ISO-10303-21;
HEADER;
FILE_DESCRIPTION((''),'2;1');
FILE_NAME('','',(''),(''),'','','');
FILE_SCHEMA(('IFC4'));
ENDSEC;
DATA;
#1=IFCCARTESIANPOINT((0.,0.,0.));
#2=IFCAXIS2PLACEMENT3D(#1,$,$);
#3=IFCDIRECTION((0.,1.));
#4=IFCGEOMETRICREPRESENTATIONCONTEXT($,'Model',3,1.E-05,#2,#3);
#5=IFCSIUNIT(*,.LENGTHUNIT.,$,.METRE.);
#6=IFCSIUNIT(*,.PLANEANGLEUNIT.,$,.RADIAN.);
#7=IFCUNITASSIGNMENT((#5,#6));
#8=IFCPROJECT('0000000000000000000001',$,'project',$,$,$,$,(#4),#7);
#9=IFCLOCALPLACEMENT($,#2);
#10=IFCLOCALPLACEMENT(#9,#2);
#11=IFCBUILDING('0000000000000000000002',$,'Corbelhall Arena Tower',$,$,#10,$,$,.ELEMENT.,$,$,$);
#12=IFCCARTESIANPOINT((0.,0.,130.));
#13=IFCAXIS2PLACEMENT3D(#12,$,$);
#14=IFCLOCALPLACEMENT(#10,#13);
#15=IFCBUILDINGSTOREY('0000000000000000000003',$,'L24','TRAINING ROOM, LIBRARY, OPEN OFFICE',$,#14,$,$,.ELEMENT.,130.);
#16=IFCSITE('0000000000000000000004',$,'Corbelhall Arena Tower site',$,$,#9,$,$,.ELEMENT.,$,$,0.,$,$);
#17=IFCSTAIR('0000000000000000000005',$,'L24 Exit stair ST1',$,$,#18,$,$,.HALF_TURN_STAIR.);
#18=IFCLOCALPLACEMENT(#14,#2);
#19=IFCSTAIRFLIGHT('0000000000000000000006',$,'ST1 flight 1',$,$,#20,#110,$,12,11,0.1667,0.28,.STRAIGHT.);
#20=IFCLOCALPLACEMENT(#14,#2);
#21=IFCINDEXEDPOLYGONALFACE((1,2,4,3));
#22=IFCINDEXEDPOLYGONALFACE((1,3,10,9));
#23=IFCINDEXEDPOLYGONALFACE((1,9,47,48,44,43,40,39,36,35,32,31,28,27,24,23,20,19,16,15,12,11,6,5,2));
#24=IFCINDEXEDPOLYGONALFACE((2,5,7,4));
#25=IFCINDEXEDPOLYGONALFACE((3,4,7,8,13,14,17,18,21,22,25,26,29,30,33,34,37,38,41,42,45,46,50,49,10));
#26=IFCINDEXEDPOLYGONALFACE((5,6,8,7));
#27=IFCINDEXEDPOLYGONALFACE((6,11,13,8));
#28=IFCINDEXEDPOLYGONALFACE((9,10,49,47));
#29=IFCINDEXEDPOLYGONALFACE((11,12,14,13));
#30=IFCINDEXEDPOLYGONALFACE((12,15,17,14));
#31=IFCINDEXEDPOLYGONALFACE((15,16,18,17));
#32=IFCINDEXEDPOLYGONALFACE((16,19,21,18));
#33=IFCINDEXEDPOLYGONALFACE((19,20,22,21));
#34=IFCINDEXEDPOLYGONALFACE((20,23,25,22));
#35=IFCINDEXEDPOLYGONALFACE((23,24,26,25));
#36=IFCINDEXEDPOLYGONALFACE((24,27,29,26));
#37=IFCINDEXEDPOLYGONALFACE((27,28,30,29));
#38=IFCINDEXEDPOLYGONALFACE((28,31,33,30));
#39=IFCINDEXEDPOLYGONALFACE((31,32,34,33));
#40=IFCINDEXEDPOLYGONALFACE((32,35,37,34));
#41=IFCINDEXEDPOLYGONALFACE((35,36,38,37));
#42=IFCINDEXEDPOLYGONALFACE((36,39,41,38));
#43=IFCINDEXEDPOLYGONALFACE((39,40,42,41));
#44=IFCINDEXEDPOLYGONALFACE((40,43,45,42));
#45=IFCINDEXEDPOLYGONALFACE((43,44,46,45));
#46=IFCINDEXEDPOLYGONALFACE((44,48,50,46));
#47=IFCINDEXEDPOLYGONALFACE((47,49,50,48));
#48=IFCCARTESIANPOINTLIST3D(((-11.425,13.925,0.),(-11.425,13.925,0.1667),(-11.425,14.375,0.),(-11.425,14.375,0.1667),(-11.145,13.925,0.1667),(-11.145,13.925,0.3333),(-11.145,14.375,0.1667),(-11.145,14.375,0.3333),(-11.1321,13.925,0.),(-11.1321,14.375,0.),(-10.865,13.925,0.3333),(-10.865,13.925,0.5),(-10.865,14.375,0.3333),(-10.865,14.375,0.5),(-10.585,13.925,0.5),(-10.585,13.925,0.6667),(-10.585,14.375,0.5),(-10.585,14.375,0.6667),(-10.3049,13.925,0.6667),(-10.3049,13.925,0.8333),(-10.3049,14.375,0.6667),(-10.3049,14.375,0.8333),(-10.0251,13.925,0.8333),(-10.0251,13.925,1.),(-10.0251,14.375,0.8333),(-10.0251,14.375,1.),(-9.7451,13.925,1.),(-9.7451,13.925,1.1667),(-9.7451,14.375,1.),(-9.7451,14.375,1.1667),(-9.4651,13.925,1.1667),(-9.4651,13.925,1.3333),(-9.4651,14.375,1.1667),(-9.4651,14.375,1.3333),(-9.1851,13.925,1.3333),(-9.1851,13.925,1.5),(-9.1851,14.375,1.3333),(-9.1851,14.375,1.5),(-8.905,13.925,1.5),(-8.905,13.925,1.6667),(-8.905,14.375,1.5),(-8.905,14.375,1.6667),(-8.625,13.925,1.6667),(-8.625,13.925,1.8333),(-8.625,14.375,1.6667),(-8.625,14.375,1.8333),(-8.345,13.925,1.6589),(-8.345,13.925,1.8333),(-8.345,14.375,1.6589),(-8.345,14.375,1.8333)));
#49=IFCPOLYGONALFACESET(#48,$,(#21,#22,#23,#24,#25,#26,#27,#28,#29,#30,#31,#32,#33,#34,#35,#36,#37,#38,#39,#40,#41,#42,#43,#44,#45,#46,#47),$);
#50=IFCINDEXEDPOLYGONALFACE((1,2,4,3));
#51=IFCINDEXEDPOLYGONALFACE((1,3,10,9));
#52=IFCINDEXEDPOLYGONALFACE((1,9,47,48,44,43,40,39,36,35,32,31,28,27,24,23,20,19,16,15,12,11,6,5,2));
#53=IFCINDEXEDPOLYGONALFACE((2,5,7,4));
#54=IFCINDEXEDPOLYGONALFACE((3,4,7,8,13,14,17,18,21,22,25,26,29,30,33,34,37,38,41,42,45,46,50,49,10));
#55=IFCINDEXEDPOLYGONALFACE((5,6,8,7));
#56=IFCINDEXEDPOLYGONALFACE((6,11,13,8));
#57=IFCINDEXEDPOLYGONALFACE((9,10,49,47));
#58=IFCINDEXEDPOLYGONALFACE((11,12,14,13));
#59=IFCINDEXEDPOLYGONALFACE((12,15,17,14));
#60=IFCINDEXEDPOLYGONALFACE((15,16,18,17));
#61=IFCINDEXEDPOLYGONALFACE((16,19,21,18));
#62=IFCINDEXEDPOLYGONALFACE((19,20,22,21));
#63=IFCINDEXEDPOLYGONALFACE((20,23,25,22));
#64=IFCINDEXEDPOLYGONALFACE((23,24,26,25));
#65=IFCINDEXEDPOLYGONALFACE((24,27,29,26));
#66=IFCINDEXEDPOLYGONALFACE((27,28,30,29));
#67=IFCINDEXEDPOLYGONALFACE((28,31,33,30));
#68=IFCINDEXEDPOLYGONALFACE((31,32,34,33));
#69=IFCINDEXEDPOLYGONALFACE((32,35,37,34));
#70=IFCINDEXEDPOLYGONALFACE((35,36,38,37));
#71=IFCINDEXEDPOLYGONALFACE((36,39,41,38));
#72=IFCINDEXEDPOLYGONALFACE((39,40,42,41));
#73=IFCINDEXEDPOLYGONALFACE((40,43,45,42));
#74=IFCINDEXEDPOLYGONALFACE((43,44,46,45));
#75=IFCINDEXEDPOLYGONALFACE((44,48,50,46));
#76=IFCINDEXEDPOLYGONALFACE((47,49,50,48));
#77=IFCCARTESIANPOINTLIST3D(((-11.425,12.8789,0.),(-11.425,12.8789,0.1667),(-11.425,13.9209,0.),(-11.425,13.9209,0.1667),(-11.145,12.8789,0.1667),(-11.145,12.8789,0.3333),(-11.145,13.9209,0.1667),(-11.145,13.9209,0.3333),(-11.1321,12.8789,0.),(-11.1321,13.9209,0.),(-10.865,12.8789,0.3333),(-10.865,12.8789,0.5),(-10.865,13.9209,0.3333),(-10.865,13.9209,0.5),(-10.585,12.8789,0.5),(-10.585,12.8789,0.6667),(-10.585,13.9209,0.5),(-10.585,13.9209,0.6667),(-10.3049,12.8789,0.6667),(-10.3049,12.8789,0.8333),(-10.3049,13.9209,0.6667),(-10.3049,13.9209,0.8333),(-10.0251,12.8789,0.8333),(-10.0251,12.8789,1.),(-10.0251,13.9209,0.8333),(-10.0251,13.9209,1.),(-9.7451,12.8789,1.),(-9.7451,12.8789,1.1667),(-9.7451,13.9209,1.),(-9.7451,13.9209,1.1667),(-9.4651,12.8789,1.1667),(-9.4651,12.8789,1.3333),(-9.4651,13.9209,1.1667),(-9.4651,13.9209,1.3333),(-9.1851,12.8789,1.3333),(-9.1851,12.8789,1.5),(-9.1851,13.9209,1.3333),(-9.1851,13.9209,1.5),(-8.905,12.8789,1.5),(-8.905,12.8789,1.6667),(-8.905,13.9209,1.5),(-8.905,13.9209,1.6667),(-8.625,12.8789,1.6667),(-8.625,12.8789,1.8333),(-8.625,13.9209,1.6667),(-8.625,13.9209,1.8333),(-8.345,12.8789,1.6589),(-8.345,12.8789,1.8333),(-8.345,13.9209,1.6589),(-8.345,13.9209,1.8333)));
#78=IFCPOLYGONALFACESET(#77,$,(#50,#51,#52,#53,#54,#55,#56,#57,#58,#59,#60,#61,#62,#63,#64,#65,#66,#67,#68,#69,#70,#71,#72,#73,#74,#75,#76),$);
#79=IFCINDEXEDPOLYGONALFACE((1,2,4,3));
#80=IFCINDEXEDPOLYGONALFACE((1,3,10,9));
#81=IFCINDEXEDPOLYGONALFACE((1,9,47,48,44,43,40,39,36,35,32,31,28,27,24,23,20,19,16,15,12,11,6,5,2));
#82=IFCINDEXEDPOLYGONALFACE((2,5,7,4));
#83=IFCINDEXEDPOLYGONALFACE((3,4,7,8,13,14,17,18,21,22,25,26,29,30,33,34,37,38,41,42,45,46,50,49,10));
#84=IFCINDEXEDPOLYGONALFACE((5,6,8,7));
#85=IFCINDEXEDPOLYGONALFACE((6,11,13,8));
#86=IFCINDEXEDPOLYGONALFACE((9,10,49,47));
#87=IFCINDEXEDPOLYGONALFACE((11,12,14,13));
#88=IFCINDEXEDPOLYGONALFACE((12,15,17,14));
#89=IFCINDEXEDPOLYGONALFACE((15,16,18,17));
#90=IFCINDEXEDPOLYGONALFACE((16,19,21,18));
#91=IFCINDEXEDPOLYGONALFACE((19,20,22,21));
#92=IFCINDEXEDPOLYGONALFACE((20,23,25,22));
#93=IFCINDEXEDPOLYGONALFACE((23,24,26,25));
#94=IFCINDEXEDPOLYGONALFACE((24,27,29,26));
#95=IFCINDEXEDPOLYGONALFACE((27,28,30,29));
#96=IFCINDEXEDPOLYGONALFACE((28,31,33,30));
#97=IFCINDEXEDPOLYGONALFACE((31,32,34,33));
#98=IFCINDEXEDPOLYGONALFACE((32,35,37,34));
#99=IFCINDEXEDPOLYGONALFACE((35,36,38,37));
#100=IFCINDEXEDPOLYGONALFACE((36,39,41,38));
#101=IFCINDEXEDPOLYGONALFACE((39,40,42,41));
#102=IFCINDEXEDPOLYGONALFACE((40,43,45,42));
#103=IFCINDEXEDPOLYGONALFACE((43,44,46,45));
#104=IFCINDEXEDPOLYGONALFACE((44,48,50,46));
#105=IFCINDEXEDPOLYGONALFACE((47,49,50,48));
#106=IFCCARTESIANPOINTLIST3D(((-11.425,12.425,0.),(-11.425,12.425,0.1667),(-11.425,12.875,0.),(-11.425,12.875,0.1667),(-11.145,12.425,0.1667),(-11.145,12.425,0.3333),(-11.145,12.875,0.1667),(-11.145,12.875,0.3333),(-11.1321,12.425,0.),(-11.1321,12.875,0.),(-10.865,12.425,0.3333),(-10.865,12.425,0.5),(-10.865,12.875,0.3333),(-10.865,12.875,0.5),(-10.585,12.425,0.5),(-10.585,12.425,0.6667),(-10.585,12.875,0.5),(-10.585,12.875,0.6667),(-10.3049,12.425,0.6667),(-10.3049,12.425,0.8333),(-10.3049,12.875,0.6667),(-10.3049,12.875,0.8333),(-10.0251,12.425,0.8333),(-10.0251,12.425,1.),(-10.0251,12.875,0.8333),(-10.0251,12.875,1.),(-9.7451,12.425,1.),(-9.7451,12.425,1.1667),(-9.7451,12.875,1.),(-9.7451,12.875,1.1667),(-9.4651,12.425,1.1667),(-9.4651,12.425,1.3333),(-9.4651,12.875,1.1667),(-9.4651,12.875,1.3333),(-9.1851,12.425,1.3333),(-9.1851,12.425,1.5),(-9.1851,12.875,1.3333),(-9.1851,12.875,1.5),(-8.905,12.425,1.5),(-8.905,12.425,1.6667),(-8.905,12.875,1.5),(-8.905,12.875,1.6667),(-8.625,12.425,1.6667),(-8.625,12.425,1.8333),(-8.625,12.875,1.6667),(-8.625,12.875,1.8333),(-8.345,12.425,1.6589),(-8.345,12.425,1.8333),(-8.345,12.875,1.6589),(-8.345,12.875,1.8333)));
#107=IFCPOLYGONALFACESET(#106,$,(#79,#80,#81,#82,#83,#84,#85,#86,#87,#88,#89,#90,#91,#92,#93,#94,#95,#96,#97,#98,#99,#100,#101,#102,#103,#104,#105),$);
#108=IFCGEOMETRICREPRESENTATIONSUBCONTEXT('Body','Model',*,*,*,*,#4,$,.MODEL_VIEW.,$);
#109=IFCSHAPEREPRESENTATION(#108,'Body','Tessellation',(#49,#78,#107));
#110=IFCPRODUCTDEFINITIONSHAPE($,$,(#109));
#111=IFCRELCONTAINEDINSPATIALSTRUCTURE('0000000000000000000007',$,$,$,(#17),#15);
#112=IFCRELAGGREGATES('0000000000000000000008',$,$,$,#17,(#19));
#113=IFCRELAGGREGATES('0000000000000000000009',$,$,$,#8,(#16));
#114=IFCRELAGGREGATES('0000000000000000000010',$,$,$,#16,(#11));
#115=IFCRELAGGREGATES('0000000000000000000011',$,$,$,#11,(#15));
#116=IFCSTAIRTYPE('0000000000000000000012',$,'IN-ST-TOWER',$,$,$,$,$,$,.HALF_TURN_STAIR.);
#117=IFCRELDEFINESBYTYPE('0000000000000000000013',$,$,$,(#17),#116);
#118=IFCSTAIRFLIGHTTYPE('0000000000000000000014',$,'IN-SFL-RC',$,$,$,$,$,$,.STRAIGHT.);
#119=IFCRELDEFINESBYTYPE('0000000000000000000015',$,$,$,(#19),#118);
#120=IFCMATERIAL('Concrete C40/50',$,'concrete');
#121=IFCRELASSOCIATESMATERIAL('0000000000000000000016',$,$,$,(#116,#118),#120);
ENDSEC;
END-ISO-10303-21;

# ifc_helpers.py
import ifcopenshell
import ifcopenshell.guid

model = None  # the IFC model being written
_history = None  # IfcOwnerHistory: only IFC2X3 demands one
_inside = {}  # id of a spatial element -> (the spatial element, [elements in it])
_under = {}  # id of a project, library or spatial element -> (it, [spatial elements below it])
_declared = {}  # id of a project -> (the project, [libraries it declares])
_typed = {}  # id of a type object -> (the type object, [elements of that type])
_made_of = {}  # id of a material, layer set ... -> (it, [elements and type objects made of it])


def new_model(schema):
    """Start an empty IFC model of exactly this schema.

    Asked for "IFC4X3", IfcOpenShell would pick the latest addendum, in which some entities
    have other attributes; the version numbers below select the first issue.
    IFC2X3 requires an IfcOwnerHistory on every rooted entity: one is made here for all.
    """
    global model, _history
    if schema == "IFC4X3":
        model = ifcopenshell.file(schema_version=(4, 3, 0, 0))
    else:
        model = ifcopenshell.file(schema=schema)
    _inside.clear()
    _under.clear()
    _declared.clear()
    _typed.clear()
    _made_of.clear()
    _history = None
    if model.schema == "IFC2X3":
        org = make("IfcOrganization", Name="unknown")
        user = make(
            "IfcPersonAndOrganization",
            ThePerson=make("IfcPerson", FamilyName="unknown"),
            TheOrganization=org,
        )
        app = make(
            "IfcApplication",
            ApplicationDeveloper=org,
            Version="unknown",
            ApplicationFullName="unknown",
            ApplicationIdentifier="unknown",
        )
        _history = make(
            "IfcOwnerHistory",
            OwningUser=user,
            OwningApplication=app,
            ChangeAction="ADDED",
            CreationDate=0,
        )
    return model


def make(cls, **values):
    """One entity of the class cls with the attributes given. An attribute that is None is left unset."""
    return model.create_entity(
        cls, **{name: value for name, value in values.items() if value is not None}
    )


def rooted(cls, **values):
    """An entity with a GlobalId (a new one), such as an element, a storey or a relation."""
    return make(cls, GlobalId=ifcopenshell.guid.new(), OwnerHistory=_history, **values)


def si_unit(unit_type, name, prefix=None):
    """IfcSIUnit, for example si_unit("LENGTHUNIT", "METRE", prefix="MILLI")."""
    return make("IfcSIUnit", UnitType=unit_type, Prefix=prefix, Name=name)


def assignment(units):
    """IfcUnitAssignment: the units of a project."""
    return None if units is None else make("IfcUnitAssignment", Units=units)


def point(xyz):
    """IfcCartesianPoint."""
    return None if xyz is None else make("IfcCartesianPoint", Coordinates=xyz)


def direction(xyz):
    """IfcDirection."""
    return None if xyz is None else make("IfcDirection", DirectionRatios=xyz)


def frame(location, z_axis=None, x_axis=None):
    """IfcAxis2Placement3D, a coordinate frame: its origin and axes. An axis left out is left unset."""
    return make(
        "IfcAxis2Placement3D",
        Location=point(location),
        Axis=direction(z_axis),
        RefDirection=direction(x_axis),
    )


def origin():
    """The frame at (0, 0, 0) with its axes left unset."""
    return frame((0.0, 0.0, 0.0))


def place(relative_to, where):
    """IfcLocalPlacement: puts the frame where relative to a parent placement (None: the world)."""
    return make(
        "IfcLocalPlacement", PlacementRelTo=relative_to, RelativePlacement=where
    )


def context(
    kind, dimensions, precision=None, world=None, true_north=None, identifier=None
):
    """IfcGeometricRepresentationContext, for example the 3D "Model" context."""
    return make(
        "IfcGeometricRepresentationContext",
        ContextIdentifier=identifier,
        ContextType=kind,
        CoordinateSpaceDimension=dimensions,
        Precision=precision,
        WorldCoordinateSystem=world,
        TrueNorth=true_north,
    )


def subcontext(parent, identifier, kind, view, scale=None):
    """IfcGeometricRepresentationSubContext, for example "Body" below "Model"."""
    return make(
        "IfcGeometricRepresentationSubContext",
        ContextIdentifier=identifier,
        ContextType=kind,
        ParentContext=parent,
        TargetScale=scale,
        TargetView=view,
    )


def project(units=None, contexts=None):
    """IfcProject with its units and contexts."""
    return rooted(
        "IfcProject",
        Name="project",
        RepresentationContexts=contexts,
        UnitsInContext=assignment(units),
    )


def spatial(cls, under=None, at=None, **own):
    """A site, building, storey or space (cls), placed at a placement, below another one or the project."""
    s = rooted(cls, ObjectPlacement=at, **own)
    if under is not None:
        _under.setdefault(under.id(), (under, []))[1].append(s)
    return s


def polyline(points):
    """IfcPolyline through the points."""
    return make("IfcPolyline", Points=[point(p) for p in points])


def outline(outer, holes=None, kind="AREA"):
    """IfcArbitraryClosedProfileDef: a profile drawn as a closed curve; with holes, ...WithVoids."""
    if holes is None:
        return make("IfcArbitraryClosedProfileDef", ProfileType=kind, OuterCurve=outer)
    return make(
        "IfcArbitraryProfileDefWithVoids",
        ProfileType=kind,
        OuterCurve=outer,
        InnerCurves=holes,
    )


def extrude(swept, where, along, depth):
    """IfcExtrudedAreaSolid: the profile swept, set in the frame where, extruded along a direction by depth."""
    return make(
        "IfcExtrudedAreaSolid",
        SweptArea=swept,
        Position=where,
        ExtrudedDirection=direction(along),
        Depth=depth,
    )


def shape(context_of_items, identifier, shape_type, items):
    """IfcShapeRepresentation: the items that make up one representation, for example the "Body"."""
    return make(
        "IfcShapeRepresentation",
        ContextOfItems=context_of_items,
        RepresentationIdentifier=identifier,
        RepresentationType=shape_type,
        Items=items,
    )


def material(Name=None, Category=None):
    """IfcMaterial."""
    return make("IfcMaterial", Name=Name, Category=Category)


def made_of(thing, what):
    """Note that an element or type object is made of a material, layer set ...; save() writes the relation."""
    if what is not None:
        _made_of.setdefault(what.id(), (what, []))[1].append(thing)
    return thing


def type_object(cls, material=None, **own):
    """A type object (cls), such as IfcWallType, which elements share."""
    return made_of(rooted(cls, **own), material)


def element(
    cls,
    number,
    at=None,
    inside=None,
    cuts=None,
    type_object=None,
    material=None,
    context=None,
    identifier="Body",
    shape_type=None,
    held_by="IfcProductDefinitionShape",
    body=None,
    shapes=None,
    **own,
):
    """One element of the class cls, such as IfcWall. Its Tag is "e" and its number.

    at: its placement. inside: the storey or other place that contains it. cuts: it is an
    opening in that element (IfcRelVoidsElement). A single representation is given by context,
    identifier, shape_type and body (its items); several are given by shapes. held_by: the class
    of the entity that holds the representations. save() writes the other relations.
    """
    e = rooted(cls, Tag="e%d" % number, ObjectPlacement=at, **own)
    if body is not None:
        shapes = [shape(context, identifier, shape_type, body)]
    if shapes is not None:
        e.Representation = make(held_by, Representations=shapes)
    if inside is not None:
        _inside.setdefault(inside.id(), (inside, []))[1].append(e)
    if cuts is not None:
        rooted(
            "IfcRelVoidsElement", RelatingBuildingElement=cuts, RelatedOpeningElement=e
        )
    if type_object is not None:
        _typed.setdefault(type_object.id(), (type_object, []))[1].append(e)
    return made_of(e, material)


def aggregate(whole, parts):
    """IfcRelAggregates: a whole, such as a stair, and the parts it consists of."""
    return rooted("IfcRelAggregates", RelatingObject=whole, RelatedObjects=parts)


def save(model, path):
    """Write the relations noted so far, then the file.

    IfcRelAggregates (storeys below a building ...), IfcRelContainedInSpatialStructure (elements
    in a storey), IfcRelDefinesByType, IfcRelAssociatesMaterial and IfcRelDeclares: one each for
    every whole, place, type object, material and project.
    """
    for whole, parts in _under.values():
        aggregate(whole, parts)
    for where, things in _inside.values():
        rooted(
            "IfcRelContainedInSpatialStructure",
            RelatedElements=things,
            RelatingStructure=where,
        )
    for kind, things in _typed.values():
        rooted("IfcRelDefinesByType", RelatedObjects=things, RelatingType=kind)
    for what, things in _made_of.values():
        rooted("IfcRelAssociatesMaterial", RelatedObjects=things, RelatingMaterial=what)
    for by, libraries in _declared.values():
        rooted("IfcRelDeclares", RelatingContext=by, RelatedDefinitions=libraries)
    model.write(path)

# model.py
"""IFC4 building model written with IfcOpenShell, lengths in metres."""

from ifc_helpers import new_model, si_unit, direction, frame, origin, place, context, subcontext, project, spatial, polyline, outline, extrude, material, type_object, element, aggregate, save


model = new_model("IFC4")

# Units and contexts
model_context = context("Model", 3, precision=1e-05, world=origin(), true_north=direction((0.0, 1.0)))
body_context = subcontext(model_context, "Body", "Model", "MODEL_VIEW")
ifc_project = project(units=[si_unit("LENGTHUNIT", "METRE"), si_unit("PLANEANGLEUNIT", "RADIAN")], contexts=[model_context])

# Site, building, storey
site_placement = place(None, origin())
site = spatial("IfcSite", under=ifc_project, at=site_placement, Name="Corbelhall Arena Tower site", CompositionType="ELEMENT", RefElevation=0.0)
building_placement = place(site_placement, origin())
building = spatial("IfcBuilding", under=site, at=building_placement, Name="Corbelhall Arena Tower", CompositionType="ELEMENT")
storey_placement = place(building_placement, frame((0.0, 0.0, 130.0)))
storey = spatial("IfcBuildingStorey", under=building, at=storey_placement, Name="L24", Description="TRAINING ROOM, LIBRARY, OPEN OFFICE", CompositionType="ELEMENT", Elevation=130.0)

# Shared definitions
ifc_material_1 = material(Name="Concrete C40/50", Category="concrete")

# Stair, stair flight
stair_type = type_object("IfcStairType", Name="IN-ST-TOWER", PredefinedType="HALF_TURN_STAIR", material=ifc_material_1)
stair_placement = place(storey_placement, origin())
stair = element("IfcStair", 1, at=stair_placement, inside=storey, type_object=stair_type, Name="L24 Exit stair ST1", PredefinedType="HALF_TURN_STAIR")
stair_flight_type = type_object("IfcStairFlightType", Name="IN-SFL-RC", PredefinedType="STRAIGHT", material=ifc_material_1)
stair_flight_placement = place(storey_placement, frame((-11.425, 13.3999, 0.0), z_axis=(0.0, 0.0, 1.0), x_axis=(1.0, 0.0, 0.0)))
stair_flight = element("IfcStairFlight", 2, at=stair_flight_placement, type_object=stair_flight_type, Name="ST1 flight 1", NumberOfRisers=12, NumberOfTreads=11, PredefinedType="STRAIGHT", RiserHeight=0.1667, TreadLength=0.28, context=body_context, shape_type="SweptSolid", body=[
    extrude(outline(polyline([(0.0, 0.0), (0.0, 0.1667), (0.28, 0.1667), (0.28, 0.3333), (0.5601, 0.3333), (0.5601, 0.5), (0.8401, 0.5), (0.8401, 0.6667), (1.1201, 0.6667), (1.1201, 0.8333), (1.3999, 0.8333), (1.3999, 1.0), (1.6799, 1.0), (1.6799, 1.1667), (1.96, 1.1667), (1.96, 1.3333), (2.24, 1.3333), (2.24, 1.5), (2.52, 1.5), (2.52, 1.6667), (2.8, 1.6667), (2.8, 1.8333), (3.0801, 1.8333), (3.0801, 2.0), (3.0801, 1.6589), (0.293, 0.0), (0.0, 0.0)])), frame((0.0, 0.9751, 0.0), z_axis=(0.0, -1.0, 0.0), x_axis=(1.0, 0.0, 0.0)), (0.0, 0.0, 1.0), 0.45),
    extrude(outline(polyline([(0.0, 0.0), (0.0, 0.1667), (0.28, 0.1667), (0.28, 0.3333), (0.5601, 0.3333), (0.5601, 0.5), (0.8401, 0.5), (0.8401, 0.6667), (1.1201, 0.6667), (1.1201, 0.8333), (1.3999, 0.8333), (1.3999, 1.0), (1.6799, 1.0), (1.6799, 1.1667), (1.96, 1.1667), (1.96, 1.3333), (2.24, 1.3333), (2.24, 1.5), (2.52, 1.5), (2.52, 1.6667), (2.8, 1.6667), (2.8, 1.8333), (3.0801, 1.8333), (3.0801, 2.0), (3.0801, 1.6589), (0.293, 0.0), (0.0, 0.0)])), frame((0.0, 0.521, 0.0), z_axis=(0.0, -1.0, 0.0), x_axis=(1.0, 0.0, 0.0)), (0.0, 0.0, 1.0), 1.042),
    extrude(outline(polyline([(0.0, 0.0), (0.0, 0.1667), (0.28, 0.1667), (0.28, 0.3333), (0.5601, 0.3333), (0.5601, 0.5), (0.8401, 0.5), (0.8401, 0.6667), (1.1201, 0.6667), (1.1201, 0.8333), (1.3999, 0.8333), (1.3999, 1.0), (1.6799, 1.0), (1.6799, 1.1667), (1.96, 1.1667), (1.96, 1.3333), (2.24, 1.3333), (2.24, 1.5), (2.52, 1.5), (2.52, 1.6667), (2.8, 1.6667), (2.8, 1.8333), (3.0801, 1.8333), (3.0801, 2.0), (3.0801, 1.6589), (0.293, 0.0), (0.0, 0.0)])), frame((0.0, -0.5249, 0.0), z_axis=(0.0, -1.0, 0.0), x_axis=(1.0, 0.0, 0.0)), (0.0, 0.0, 1.0), 0.45),
])
aggregate(stair, [stair_flight])

save(model, "model.ifc")
